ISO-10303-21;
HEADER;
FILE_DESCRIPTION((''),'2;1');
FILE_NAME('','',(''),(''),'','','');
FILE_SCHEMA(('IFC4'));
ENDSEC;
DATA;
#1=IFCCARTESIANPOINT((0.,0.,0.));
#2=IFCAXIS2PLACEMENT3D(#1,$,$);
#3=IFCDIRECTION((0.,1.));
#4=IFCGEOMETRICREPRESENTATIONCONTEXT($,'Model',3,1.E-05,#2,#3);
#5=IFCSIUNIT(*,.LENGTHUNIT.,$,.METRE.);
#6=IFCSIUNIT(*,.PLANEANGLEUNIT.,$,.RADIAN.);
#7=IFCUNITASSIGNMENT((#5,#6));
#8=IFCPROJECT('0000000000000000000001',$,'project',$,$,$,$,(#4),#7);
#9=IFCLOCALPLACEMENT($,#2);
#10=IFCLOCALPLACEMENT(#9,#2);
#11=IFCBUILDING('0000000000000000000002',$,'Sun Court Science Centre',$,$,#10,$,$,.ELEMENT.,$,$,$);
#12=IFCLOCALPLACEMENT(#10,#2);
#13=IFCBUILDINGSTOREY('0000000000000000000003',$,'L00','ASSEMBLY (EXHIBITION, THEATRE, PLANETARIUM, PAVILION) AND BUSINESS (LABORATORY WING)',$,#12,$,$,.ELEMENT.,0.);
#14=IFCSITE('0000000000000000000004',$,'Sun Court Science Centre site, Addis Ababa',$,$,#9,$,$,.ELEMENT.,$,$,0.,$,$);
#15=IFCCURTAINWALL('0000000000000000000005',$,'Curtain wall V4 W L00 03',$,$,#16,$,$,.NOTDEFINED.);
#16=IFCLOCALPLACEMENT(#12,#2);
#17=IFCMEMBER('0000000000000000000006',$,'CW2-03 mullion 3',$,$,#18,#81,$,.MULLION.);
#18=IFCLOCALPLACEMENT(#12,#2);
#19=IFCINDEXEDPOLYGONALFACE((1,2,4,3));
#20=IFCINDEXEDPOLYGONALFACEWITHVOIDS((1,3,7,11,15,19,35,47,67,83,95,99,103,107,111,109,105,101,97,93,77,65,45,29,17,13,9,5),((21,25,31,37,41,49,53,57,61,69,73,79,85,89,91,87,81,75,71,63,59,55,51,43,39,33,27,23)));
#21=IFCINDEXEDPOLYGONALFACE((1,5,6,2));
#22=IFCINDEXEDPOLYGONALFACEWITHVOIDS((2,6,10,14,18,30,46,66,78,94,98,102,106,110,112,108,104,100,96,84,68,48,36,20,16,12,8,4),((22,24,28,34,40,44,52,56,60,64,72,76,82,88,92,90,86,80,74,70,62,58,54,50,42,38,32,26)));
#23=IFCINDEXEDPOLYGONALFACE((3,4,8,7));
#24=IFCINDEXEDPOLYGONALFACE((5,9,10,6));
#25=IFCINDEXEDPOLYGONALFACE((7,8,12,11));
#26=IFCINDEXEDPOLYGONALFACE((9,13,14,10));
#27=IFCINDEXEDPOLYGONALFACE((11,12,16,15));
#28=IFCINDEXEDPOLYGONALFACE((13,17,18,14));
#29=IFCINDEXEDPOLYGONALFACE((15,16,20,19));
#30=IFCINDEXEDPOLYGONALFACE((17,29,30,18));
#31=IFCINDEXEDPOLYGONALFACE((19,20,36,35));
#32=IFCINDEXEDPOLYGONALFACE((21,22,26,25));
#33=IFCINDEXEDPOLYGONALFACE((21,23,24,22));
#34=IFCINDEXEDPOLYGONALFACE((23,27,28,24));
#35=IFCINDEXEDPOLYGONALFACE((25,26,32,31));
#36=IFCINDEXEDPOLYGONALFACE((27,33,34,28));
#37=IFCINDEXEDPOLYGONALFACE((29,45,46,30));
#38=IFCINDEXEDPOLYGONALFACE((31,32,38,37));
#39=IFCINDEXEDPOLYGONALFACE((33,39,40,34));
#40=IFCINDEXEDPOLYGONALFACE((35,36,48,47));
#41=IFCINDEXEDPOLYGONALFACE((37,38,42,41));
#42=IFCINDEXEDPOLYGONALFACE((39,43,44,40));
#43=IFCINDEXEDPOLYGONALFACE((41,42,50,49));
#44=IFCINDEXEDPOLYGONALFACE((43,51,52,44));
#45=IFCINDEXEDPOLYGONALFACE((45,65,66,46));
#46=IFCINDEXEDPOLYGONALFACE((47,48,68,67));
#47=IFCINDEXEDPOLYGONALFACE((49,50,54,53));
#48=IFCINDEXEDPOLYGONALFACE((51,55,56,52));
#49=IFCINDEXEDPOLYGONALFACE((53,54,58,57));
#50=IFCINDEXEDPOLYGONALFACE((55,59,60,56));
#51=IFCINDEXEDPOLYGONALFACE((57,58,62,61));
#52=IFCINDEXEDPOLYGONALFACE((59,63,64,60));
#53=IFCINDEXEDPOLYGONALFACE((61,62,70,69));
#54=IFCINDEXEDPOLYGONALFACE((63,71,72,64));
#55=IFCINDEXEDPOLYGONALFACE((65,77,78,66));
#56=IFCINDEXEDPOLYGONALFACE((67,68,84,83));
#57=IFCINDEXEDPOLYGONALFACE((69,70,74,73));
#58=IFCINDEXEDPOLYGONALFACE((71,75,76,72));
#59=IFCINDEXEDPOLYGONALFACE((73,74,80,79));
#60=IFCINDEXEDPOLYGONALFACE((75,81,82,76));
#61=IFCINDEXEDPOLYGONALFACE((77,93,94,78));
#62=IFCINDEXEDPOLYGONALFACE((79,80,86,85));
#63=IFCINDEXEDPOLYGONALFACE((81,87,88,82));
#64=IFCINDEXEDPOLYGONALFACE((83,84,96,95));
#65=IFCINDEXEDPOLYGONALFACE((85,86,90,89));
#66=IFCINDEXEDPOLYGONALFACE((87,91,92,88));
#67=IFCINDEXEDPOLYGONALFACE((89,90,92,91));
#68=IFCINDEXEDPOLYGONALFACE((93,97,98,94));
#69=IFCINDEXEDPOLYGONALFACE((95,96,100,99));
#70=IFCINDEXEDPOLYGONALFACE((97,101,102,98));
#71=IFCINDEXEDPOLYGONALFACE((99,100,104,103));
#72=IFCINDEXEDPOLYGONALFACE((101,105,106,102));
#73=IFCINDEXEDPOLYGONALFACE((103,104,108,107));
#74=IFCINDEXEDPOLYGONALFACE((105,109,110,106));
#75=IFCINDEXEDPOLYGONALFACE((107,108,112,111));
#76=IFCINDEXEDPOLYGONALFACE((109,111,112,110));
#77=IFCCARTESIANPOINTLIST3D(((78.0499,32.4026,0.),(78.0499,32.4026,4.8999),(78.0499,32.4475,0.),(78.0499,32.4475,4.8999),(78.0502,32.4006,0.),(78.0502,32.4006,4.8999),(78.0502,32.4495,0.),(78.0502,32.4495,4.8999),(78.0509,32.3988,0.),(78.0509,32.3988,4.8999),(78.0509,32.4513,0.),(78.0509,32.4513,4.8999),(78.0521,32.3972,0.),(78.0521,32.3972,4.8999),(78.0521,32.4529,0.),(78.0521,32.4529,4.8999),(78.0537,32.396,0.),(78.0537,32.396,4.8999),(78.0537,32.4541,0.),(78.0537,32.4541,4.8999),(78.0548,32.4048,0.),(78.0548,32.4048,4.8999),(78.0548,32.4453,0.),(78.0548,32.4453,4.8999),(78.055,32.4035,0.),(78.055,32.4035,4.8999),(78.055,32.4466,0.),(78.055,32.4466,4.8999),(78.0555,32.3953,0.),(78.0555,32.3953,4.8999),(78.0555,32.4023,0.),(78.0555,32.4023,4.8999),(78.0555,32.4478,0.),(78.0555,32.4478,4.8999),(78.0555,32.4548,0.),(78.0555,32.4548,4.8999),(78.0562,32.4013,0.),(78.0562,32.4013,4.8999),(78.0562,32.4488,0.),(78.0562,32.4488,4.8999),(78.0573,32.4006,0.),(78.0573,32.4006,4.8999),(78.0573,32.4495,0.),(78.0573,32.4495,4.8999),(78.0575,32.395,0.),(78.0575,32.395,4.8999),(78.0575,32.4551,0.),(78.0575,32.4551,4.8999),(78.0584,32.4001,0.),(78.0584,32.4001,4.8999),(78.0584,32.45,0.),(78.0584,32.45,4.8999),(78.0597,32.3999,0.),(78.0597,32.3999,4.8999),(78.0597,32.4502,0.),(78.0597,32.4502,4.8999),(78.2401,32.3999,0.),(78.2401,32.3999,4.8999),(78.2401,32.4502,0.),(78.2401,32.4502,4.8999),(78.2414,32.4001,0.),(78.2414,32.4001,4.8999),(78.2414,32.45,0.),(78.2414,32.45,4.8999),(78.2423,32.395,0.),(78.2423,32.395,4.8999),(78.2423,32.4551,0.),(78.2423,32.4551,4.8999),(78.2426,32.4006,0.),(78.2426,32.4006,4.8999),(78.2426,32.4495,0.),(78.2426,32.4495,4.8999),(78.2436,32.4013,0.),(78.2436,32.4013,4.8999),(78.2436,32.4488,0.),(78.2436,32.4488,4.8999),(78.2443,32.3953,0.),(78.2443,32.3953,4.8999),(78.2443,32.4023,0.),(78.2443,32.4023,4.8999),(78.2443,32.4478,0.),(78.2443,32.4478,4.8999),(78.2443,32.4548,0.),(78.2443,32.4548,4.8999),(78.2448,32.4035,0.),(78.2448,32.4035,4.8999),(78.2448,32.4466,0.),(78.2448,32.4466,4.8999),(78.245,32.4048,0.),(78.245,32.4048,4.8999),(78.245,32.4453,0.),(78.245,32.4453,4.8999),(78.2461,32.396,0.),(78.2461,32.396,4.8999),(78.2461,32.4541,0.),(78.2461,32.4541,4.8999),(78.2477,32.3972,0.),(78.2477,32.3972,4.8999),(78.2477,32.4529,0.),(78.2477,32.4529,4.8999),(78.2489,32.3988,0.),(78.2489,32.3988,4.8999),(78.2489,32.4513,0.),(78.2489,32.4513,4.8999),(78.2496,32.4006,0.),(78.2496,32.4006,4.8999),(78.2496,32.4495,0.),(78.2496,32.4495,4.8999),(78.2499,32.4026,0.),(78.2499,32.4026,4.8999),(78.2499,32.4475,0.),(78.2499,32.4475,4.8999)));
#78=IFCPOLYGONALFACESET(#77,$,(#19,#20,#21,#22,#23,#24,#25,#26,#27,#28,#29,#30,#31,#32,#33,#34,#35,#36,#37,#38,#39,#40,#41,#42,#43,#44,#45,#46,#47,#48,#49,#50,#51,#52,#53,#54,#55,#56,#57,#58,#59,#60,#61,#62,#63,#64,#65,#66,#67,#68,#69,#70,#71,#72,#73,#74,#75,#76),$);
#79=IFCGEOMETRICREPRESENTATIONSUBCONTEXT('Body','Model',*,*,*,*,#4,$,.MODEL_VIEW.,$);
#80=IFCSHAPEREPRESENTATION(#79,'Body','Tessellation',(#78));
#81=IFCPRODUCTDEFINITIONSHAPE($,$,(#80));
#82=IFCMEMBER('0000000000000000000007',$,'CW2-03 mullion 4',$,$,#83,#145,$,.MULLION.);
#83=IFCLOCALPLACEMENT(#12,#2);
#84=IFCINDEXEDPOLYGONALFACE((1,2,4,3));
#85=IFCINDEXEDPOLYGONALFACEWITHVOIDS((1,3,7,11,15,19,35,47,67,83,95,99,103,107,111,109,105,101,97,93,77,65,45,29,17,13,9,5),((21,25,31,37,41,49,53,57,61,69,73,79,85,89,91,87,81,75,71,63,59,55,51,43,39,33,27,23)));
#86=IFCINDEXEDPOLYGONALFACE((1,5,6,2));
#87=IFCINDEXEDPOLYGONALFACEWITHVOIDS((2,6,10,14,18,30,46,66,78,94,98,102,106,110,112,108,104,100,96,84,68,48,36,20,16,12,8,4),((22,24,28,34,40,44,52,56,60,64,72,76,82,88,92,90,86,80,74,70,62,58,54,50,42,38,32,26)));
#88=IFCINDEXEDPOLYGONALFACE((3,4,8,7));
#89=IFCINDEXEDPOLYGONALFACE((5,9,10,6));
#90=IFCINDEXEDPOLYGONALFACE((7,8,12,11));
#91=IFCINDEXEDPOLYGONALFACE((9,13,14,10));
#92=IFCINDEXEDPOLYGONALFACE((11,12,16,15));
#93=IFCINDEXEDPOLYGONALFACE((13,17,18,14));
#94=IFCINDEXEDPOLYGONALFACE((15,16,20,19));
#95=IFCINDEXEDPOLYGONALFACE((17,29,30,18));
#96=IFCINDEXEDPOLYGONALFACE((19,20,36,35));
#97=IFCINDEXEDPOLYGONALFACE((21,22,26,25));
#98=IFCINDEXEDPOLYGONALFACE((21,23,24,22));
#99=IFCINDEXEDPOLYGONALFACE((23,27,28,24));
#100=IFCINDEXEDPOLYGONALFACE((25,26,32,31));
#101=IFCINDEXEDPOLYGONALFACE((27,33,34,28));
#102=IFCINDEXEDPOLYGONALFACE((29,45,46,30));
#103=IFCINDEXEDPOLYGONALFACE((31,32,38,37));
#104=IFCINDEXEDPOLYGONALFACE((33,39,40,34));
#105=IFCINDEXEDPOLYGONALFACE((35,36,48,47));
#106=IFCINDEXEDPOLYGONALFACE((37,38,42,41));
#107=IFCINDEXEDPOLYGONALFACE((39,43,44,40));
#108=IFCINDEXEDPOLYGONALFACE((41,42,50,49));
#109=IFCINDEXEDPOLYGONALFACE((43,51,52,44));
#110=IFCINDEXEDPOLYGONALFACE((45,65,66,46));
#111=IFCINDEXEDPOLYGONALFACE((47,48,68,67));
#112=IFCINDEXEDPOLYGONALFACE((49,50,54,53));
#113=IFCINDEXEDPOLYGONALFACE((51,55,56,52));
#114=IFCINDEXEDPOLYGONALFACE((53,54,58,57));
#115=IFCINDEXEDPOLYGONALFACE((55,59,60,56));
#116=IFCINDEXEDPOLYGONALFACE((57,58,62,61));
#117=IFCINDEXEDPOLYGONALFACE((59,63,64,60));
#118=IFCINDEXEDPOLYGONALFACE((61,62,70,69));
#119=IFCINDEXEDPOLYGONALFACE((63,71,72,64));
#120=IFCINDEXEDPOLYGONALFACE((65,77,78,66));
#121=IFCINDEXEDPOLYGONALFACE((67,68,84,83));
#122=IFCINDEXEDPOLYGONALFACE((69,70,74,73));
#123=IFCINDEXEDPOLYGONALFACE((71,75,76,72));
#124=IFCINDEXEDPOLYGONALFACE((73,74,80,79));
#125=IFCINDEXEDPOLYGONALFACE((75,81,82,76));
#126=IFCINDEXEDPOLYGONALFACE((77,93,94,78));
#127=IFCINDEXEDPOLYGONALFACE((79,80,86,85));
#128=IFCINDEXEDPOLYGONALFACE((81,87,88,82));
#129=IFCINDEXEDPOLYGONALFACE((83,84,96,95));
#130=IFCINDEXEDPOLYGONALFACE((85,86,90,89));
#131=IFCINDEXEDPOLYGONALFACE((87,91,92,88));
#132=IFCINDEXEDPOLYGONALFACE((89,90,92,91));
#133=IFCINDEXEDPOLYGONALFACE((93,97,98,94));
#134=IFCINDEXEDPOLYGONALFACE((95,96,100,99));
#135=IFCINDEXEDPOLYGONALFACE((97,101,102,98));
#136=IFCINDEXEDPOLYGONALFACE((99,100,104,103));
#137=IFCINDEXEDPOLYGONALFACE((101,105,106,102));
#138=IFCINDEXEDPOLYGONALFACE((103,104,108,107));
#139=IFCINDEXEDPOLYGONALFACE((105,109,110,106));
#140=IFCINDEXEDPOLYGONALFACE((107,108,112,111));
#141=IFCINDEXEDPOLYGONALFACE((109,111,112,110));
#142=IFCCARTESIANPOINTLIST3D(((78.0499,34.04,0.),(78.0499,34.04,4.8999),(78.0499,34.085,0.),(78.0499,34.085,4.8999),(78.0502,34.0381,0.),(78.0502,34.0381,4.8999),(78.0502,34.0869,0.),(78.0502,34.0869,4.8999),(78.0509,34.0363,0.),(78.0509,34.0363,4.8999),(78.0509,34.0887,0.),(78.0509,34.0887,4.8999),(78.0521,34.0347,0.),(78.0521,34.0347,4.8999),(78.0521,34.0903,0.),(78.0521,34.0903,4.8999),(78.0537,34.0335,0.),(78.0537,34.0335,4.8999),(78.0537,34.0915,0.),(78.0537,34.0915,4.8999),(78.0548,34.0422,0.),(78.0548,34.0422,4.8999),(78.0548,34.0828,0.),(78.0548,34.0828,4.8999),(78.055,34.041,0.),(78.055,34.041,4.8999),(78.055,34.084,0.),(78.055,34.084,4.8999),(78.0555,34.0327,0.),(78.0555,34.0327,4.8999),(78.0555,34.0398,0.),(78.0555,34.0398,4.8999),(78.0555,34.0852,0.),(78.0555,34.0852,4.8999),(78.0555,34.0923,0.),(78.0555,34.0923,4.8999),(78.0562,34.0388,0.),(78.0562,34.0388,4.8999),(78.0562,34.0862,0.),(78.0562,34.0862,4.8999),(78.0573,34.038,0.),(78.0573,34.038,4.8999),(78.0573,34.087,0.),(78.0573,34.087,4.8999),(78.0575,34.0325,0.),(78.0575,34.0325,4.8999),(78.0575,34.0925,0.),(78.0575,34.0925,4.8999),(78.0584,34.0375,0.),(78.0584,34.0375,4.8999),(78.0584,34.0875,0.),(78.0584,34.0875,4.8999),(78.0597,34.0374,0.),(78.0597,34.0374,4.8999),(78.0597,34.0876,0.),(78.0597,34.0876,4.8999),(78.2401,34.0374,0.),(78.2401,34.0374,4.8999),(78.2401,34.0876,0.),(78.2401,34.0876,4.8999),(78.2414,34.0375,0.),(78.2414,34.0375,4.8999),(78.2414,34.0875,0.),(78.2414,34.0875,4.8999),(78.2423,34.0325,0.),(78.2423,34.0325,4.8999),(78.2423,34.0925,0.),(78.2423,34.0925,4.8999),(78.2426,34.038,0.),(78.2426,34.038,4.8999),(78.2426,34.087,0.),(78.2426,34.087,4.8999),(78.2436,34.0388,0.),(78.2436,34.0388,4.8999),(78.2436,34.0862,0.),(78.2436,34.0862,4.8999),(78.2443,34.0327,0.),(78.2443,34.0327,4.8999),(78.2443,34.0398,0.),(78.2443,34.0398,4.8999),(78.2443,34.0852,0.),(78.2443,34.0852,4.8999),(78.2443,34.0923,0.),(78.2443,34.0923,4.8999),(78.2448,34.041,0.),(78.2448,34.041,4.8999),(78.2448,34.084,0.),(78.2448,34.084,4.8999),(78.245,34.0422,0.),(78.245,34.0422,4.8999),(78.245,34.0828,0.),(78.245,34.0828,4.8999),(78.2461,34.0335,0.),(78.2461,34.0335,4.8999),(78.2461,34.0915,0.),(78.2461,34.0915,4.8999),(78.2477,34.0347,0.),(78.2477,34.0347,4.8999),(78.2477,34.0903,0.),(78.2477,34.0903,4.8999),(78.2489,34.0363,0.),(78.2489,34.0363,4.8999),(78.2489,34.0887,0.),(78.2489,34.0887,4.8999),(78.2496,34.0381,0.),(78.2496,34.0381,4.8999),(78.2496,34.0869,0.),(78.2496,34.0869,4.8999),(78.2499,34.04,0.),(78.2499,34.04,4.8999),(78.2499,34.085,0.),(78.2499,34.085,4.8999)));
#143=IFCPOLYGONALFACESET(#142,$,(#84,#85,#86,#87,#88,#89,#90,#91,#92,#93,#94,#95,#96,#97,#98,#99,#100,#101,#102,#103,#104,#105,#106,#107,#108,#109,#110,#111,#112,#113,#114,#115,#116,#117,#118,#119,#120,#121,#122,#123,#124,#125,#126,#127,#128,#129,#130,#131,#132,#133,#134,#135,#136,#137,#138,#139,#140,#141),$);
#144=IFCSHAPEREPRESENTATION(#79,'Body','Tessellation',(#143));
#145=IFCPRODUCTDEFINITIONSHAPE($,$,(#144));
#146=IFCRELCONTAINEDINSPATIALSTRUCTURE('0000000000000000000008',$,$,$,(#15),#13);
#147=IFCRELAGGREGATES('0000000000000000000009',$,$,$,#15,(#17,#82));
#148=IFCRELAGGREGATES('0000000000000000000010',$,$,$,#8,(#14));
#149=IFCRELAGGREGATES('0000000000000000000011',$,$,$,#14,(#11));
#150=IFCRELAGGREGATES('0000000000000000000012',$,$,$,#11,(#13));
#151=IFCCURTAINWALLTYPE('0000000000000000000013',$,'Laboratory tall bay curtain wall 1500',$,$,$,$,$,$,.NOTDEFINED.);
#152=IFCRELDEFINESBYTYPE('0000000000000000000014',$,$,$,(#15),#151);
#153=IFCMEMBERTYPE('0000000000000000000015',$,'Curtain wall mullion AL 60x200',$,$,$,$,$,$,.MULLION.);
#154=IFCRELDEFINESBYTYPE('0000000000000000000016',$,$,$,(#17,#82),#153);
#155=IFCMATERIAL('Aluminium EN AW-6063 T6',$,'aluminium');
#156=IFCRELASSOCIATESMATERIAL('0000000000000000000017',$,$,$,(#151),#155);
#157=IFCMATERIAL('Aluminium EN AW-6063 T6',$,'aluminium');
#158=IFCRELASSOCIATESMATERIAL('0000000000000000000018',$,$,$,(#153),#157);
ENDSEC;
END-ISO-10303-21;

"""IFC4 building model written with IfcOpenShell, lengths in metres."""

from ifc_helpers import new_model, si_unit, direction, frame, origin, origin_2d, place, context, subcontext, project, spatial, hollow_rectangle, extrude, material, material_profile, profile_set, type_object, element, aggregate, save


model = new_model("IFC4")

# Units and contexts
model_context = context("Model", 3, precision=1e-05, world=origin(), true_north=direction((0.0, 1.0)))
body_context = subcontext(model_context, "Body", "Model", "MODEL_VIEW")
ifc_project = project(units=[si_unit("LENGTHUNIT", "METRE"), si_unit("PLANEANGLEUNIT", "RADIAN")], contexts=[model_context])

# Site, building, storey
site_placement = place(None, origin())
site = spatial("IfcSite", under=ifc_project, at=site_placement, Name="Sun Court Science Centre site, Addis Ababa", CompositionType="ELEMENT", RefElevation=0.0)
building_placement = place(site_placement, origin())
building = spatial("IfcBuilding", under=site, at=building_placement, Name="Sun Court Science Centre", CompositionType="ELEMENT")
storey_placement = place(building_placement, origin())
storey = spatial("IfcBuildingStorey", under=building, at=storey_placement, Name="L00", Description="ASSEMBLY (EXHIBITION, THEATRE, PLANETARIUM, PAVILION) AND BUSINESS (LABORATORY WING)", CompositionType="ELEMENT", Elevation=0.0)

# Curtain wall, members
ifc_material_1 = material(Name="Aluminium EN AW-6063 T6", Category="aluminium")
curtain_wall_type = type_object("IfcCurtainWallType", Name="Laboratory tall bay curtain wall 1500", PredefinedType="NOTDEFINED", material=ifc_material_1)
curtain_wall_placement = place(storey_placement, origin())
curtain_wall = element("IfcCurtainWall", 1, at=curtain_wall_placement, inside=storey, type_object=curtain_wall_type, Name="Curtain wall V4 W L00 03", PredefinedType="NOTDEFINED")
ifc_material_2 = material(Name="Aluminium EN AW-6063 T6", Category="aluminium")
ifc_material_profile_1 = material_profile(ifc_material_2, hollow_rectangle(XDim=0.0601, YDim=0.2, WallThickness=0.0049, InnerFilletRadius=0.0049, OuterFilletRadius=0.0076, at=origin_2d()), Name="AL 60x200x5")
ifc_profile_set_1 = profile_set([ifc_material_profile_1], Name="Aluminium EN AW-6063 T6")
member_type_1 = type_object("IfcMemberType", Name="Curtain wall mullion AL 60x200", PredefinedType="MULLION", material=ifc_profile_set_1)
member_1_placement = place(storey_placement, frame((78.1499, 32.425, 0.0), z_axis=(0.0, 0.0, 1.0), x_axis=(0.0, 1.0, 0.0)))
member_1 = element("IfcMember", 2, at=member_1_placement, type_object=member_type_1, Name="CW2-03 mullion 3", PredefinedType="MULLION", context=body_context, shape_type="SweptSolid", body=[
    extrude(hollow_rectangle(XDim=0.0601, YDim=0.2, WallThickness=0.0049, InnerFilletRadius=0.0049, OuterFilletRadius=0.0076, at=origin_2d()), origin(), (0.0, 0.0, 1.0), 4.8999),
])
member_2_placement = place(storey_placement, frame((78.1499, 34.0625, 0.0), z_axis=(0.0, 0.0, 1.0), x_axis=(0.0, 1.0, 0.0)))
member_2 = element("IfcMember", 3, at=member_2_placement, type_object=member_type_1, Name="CW2-03 mullion 4", PredefinedType="MULLION", context=body_context, shape_type="SweptSolid", body=[
    extrude(hollow_rectangle(XDim=0.0601, YDim=0.2, WallThickness=0.0049, InnerFilletRadius=0.0049, OuterFilletRadius=0.0076, at=origin_2d()), origin(), (0.0, 0.0, 1.0), 4.8999),
])
aggregate(curtain_wall, [member_1, member_2])

save(model, "model.ifc")
